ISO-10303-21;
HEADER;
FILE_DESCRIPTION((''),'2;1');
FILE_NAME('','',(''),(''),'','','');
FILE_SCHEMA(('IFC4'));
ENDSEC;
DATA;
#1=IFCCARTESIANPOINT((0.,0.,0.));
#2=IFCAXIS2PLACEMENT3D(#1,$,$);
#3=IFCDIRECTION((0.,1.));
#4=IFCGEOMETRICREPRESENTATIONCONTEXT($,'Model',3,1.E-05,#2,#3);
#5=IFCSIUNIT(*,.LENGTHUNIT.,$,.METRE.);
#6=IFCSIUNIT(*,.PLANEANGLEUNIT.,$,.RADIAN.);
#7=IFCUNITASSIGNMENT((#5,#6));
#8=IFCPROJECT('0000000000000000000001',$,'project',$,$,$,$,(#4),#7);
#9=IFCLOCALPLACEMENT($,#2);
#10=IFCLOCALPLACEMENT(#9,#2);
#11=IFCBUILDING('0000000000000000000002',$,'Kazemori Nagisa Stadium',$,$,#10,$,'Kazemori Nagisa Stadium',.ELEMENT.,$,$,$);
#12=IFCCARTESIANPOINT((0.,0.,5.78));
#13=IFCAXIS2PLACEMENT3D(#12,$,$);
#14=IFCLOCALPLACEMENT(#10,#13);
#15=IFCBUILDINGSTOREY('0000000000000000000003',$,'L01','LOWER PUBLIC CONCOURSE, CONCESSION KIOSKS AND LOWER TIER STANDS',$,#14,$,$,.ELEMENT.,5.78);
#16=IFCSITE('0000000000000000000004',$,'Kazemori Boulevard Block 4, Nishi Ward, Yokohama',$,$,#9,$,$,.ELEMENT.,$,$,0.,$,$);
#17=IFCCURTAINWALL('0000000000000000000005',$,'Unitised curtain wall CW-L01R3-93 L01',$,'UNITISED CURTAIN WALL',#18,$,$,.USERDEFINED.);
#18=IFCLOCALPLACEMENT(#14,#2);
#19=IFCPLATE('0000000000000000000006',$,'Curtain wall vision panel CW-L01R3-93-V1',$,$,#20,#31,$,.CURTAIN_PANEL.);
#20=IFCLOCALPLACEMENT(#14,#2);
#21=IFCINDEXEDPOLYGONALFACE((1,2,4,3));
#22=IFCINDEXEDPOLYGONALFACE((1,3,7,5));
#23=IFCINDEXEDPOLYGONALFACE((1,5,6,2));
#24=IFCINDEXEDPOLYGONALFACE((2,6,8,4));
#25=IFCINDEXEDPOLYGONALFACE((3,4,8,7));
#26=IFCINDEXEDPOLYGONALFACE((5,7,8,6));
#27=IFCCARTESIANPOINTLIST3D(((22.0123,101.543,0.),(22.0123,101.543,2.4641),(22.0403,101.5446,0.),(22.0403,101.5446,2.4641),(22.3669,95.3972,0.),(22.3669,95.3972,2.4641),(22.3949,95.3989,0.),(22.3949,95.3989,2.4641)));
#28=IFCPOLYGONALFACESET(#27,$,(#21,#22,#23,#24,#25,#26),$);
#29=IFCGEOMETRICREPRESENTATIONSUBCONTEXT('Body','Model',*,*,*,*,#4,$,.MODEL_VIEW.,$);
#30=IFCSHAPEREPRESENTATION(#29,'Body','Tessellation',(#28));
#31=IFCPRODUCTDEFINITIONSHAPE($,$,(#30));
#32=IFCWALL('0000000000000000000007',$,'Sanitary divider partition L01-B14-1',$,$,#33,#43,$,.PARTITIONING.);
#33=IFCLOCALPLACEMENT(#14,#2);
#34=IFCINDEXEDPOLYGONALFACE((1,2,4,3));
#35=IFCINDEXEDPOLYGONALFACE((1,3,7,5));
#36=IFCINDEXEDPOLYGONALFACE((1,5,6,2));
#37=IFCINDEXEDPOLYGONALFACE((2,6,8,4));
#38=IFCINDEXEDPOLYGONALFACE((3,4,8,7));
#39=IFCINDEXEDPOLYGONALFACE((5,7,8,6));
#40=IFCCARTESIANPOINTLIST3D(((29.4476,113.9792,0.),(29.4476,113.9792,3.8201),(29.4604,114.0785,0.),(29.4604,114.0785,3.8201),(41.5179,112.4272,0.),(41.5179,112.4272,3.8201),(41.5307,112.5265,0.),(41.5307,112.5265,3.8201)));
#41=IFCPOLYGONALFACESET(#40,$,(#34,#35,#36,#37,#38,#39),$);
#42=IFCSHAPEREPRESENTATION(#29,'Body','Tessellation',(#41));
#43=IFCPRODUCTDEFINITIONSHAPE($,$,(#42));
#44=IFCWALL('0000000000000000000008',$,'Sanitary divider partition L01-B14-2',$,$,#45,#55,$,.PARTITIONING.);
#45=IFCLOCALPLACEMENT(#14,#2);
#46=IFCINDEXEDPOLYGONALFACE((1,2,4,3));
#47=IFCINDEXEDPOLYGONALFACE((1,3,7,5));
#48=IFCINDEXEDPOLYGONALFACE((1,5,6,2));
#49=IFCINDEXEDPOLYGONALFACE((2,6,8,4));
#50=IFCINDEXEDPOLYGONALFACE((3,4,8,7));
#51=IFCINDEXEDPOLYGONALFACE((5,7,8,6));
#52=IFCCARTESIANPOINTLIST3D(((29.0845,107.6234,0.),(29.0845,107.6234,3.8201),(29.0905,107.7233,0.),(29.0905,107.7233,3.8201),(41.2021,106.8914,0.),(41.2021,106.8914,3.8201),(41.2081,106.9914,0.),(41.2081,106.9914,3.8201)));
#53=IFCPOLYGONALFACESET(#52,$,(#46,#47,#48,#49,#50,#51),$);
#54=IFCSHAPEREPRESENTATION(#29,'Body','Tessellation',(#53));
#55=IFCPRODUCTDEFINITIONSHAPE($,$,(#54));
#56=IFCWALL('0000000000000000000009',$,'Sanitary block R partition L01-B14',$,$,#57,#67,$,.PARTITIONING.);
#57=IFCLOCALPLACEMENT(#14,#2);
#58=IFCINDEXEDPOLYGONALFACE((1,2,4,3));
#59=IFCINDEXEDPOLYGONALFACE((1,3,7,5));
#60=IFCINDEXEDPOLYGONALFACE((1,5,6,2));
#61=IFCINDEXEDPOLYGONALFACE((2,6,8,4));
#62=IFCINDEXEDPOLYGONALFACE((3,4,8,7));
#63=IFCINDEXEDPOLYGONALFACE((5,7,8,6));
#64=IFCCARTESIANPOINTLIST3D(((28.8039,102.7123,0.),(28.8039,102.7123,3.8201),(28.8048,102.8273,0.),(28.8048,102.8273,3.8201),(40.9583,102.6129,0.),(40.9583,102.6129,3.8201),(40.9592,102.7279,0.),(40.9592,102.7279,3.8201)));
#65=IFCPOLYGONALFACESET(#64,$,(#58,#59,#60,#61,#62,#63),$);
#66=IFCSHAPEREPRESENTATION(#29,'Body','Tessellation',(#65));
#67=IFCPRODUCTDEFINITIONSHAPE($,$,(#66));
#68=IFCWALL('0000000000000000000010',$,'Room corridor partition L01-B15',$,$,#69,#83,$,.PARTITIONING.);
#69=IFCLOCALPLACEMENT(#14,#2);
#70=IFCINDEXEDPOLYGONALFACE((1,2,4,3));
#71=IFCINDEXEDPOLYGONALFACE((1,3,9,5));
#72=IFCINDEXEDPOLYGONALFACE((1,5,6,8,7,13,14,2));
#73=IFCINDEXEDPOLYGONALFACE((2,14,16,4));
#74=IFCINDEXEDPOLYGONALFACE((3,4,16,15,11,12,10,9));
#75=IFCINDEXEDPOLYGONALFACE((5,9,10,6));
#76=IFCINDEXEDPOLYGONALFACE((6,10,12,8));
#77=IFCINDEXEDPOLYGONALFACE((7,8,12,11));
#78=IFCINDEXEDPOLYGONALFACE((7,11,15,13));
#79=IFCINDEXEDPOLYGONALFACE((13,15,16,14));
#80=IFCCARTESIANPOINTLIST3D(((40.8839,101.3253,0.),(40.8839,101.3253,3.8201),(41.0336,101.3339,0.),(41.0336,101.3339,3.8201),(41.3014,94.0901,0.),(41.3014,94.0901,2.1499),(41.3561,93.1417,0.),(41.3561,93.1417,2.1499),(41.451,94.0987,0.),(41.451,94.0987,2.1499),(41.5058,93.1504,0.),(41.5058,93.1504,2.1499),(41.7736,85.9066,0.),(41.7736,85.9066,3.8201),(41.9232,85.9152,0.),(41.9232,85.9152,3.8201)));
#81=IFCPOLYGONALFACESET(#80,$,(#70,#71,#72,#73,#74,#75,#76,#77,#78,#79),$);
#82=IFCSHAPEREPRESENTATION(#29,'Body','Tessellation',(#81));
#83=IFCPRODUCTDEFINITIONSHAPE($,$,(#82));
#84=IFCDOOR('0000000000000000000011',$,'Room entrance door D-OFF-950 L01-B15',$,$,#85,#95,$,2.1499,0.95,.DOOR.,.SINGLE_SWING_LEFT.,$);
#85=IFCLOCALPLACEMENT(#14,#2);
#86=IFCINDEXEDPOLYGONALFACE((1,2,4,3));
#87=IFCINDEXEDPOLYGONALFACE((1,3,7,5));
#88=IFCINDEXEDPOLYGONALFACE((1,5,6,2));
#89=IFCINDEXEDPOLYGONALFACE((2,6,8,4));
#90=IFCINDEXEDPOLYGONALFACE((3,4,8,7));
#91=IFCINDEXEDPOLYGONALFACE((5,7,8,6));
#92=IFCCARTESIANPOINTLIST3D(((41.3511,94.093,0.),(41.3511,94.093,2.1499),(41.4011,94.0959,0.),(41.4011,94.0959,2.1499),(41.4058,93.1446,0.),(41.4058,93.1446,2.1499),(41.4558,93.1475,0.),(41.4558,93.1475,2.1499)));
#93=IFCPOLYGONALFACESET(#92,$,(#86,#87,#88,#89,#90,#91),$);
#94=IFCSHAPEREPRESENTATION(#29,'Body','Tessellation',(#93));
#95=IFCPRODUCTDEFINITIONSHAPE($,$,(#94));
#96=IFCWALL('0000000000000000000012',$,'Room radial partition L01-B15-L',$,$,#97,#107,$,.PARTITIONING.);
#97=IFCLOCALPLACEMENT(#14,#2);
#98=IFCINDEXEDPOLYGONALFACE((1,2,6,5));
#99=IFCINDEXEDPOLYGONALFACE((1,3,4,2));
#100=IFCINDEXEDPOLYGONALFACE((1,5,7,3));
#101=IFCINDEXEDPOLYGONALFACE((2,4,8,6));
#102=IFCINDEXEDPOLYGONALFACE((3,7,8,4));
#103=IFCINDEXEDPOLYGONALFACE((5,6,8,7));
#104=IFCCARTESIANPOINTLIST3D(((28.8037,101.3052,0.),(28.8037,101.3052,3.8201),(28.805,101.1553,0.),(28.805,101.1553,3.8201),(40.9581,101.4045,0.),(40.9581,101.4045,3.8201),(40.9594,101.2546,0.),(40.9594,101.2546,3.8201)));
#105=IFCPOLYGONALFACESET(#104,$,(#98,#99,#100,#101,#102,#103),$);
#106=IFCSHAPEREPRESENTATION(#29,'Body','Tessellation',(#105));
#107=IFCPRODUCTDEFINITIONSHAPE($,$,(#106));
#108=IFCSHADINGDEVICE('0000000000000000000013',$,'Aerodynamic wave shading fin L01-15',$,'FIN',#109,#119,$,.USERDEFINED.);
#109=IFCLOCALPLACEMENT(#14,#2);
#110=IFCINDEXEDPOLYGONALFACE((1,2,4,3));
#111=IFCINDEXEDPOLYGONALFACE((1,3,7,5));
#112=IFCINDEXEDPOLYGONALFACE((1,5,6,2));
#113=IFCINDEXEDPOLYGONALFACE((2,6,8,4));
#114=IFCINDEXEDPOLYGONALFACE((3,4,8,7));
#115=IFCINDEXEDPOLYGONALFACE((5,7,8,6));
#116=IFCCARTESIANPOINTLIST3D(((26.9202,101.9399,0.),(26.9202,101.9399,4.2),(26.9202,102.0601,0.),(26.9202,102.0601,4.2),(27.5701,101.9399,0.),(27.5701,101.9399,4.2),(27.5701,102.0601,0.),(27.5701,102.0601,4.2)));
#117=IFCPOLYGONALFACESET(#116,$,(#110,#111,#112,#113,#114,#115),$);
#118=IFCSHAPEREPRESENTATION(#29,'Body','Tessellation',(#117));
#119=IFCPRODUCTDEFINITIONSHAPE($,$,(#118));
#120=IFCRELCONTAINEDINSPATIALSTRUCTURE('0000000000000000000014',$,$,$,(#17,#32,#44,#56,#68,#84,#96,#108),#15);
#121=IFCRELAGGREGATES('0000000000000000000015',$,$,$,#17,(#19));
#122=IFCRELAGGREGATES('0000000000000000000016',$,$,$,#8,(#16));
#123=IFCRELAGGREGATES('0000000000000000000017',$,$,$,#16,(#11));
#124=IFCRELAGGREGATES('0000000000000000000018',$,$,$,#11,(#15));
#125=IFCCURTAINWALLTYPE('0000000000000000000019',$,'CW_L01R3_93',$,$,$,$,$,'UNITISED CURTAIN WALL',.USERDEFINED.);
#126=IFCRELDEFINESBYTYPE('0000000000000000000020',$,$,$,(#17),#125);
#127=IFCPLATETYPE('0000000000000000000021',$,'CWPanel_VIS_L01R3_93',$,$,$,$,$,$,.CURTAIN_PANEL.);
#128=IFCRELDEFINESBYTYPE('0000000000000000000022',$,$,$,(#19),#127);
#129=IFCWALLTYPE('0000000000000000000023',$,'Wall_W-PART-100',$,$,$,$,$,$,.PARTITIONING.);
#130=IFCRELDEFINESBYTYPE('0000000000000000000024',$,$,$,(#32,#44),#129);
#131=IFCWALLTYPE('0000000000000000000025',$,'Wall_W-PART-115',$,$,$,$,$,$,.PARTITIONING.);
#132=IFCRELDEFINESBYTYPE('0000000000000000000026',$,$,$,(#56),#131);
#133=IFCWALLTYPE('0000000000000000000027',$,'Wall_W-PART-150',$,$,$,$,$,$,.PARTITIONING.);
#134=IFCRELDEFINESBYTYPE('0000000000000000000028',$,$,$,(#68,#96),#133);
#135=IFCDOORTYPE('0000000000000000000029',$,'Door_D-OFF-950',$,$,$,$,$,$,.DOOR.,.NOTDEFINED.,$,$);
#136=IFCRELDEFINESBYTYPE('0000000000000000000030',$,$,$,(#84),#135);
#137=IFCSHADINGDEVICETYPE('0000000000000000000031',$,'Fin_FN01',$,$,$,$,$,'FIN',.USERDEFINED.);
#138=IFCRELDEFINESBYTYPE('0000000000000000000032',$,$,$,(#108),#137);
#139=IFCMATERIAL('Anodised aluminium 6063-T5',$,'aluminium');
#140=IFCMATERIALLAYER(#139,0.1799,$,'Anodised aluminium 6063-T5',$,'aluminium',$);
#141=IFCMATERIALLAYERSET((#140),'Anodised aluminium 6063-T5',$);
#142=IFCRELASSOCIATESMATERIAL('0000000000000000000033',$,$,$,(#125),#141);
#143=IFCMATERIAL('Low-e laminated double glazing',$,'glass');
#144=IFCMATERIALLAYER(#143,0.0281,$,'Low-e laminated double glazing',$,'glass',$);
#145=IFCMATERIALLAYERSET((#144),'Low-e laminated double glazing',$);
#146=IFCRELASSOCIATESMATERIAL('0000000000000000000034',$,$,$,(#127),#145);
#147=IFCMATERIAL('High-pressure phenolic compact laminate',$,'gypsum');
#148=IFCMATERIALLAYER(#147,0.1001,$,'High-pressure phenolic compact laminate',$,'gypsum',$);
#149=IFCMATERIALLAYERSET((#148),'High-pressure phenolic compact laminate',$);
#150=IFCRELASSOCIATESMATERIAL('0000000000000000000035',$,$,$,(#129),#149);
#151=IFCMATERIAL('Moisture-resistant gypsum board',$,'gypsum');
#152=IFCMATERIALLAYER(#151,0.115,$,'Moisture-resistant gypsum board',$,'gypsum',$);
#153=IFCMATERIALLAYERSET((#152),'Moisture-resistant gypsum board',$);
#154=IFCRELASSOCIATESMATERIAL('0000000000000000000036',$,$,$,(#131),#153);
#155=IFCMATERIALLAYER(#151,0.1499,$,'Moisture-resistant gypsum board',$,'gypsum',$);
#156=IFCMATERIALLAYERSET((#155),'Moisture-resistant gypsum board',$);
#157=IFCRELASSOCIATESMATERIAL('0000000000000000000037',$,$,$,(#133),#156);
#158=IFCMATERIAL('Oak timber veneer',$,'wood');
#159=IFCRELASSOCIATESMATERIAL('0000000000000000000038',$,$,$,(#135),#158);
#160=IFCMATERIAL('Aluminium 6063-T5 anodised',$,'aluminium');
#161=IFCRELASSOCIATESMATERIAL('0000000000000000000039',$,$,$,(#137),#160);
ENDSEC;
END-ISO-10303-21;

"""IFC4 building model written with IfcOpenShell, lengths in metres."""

from ifc_helpers import new_model, si_unit, direction, frame, frame_2d, origin, origin_2d, place, context, subcontext, project, spatial, rectangle, extrude, material, layer, layer_set, type_object, element, fill, aggregate, save


model = new_model("IFC4")

# Units and contexts
model_context = context("Model", 3, precision=1e-05, world=origin(), true_north=direction((0.0, 1.0)))
body_context = subcontext(model_context, "Body", "Model", "MODEL_VIEW")
ifc_project = project(units=[si_unit("LENGTHUNIT", "METRE"), si_unit("PLANEANGLEUNIT", "RADIAN")], contexts=[model_context])

# Site, building, storey
site_placement = place(None, origin())
site = spatial("IfcSite", under=ifc_project, at=site_placement, Name="Kazemori Boulevard Block 4, Nishi Ward, Yokohama", CompositionType="ELEMENT", RefElevation=0.0)
building_placement = place(site_placement, origin())
building = spatial("IfcBuilding", under=site, at=building_placement, Name="Kazemori Nagisa Stadium", LongName="Kazemori Nagisa Stadium", CompositionType="ELEMENT")
storey_placement = place(building_placement, frame((0.0, 0.0, 5.78)))
storey = spatial("IfcBuildingStorey", under=building, at=storey_placement, Name="L01", Description="LOWER PUBLIC CONCOURSE, CONCESSION KIOSKS AND LOWER TIER STANDS", CompositionType="ELEMENT", Elevation=5.78)

# Curtain wall, plate
ifc_material_1 = material(Name="Anodised aluminium 6063-T5", Category="aluminium")
ifc_layer_1 = layer(ifc_material_1, 0.1799, Name="Anodised aluminium 6063-T5", Category="aluminium")
ifc_layer_set_1 = layer_set([ifc_layer_1], Name="Anodised aluminium 6063-T5")
curtain_wall_type = type_object("IfcCurtainWallType", Name="CW_L01R3_93", ElementType="UNITISED CURTAIN WALL", PredefinedType="USERDEFINED", material=ifc_layer_set_1)
curtain_wall_placement = place(storey_placement, origin())
curtain_wall = element("IfcCurtainWall", 1, at=curtain_wall_placement, inside=storey, type_object=curtain_wall_type, Name="Unitised curtain wall CW-L01R3-93 L01", ObjectType="UNITISED CURTAIN WALL", PredefinedType="USERDEFINED")
ifc_material_2 = material(Name="Aluminium 6063-T5 anodised", Category="aluminium")
ifc_material_3 = material(Name="Low-e laminated double glazing", Category="glass")
ifc_layer_2 = layer(ifc_material_3, 0.0281, Name="Low-e laminated double glazing", Category="glass")
ifc_layer_set_2 = layer_set([ifc_layer_2], Name="Low-e laminated double glazing")
plate_type_1 = type_object("IfcPlateType", Name="CWPanel_VIS_L01R3_93", PredefinedType="CURTAIN_PANEL", material=ifc_layer_set_2)
plate_1_placement = place(storey_placement, frame((22.2036, 98.4709, 0.0), z_axis=(0.0, 0.0, 1.0), x_axis=(0.057602, -0.99834, 0.0)))
plate_1 = element("IfcPlate", 2, at=plate_1_placement, type_object=plate_type_1, Name="Curtain wall vision panel CW-L01R3-93-V1", PredefinedType="CURTAIN_PANEL", context=body_context, shape_type="SweptSolid", body=[
    extrude(rectangle(XDim=6.156, YDim=0.0281, at=origin_2d()), origin(), (0.0, 0.0, 1.0), 2.4641),
])
aggregate(curtain_wall, [plate_1])

# Walls
ifc_material_4 = material(Name="High-pressure phenolic compact laminate", Category="gypsum")
ifc_layer_3 = layer(ifc_material_4, 0.1001, Name="High-pressure phenolic compact laminate", Category="gypsum")
ifc_layer_set_3 = layer_set([ifc_layer_3], Name="High-pressure phenolic compact laminate")
wall_type_1 = type_object("IfcWallType", Name="Wall_W-PART-100", PredefinedType="PARTITIONING", material=ifc_layer_set_3)
wall_1_placement = place(storey_placement, frame((41.5244, 112.4768, 0.0), z_axis=(0.0, 0.0, 1.0), x_axis=(-0.991835, 0.12753, 0.0)))
element("IfcWall", 3, at=wall_1_placement, inside=storey, type_object=wall_type_1, Name="Sanitary divider partition L01-B14-1", PredefinedType="PARTITIONING", context=body_context, shape_type="SweptSolid", body=[
    extrude(rectangle(XDim=12.1697, YDim=0.1001, at=frame_2d((6.085, 0.0))), origin(), (0.0, 0.0, 1.0), 3.8201),
])
wall_2_placement = place(storey_placement, frame((41.2051, 106.9414, 0.0), z_axis=(0.0, 0.0, 1.0), x_axis=(-0.998181, 0.060292, 0.0)))
element("IfcWall", 4, at=wall_2_placement, inside=storey, type_object=wall_type_1, Name="Sanitary divider partition L01-B14-2", PredefinedType="PARTITIONING", context=body_context, shape_type="SweptSolid", body=[
    extrude(rectangle(XDim=12.1396, YDim=0.1001, at=frame_2d((6.0698, 0.0))), origin(), (0.0, 0.0, 1.0), 3.8201),
])
ifc_material_5 = material(Name="Moisture-resistant gypsum board", Category="gypsum")
ifc_layer_4 = layer(ifc_material_5, 0.115, Name="Moisture-resistant gypsum board", Category="gypsum")
ifc_layer_set_4 = layer_set([ifc_layer_4], Name="Moisture-resistant gypsum board")
wall_type_2 = type_object("IfcWallType", Name="Wall_W-PART-115", PredefinedType="PARTITIONING", material=ifc_layer_set_4)
wall_3_placement = place(storey_placement, frame((40.9587, 102.6704, 0.0), z_axis=(0.0, 0.0, 1.0), x_axis=(-0.999967, 0.008175, 0.0)))
element("IfcWall", 5, at=wall_3_placement, inside=storey, type_object=wall_type_2, Name="Sanitary block R partition L01-B14", PredefinedType="PARTITIONING", context=body_context, shape_type="SweptSolid", body=[
    extrude(rectangle(XDim=12.1548, YDim=0.115, at=frame_2d((6.0774, 0.0))), origin(), (0.0, 0.0, 1.0), 3.8201),
])

# Wall, opening, door
ifc_layer_5 = layer(ifc_material_5, 0.1499, Name="Moisture-resistant gypsum board", Category="gypsum")
ifc_layer_set_5 = layer_set([ifc_layer_5], Name="Moisture-resistant gypsum board")
wall_type_3 = type_object("IfcWallType", Name="Wall_W-PART-150", PredefinedType="PARTITIONING", material=ifc_layer_set_5)
wall_4_placement = place(storey_placement, frame((40.9587, 101.3296, 0.0), z_axis=(0.0, 0.0, 1.0), x_axis=(0.057604, -0.99834, 0.0)))
wall_4 = element("IfcWall", 6, at=wall_4_placement, inside=storey, type_object=wall_type_3, Name="Room corridor partition L01-B15", PredefinedType="PARTITIONING", context=body_context, shape_type="SweptSolid", body=[
    extrude(rectangle(XDim=15.4443, YDim=0.1499, at=frame_2d((7.7222, 0.0))), origin(), (0.0, 0.0, 1.0), 3.8201),
])
opening_placement = place(wall_4_placement, frame((7.2471, 0.0, 0.0)))
opening = element("IfcOpeningElement", 7, at=opening_placement, cuts=wall_4, PredefinedType="OPENING", context=body_context, shape_type="SweptSolid", body=[
    extrude(rectangle(XDim=0.95, YDim=2.1499, at=frame_2d((0.4751, 1.075))), frame((0.0, 0.085, 0.0), z_axis=(0.0, -1.0, 0.0), x_axis=(1.0, 0.0, 0.0)), (0.0, 0.0, 1.0), 0.1699),
])
ifc_material_6 = material(Name="Oak timber veneer", Category="wood")
door_type = type_object("IfcDoorType", Name="Door_D-OFF-950", OperationType="NOTDEFINED", PredefinedType="DOOR", material=ifc_material_6)
door_placement = place(opening_placement, origin())
door = element("IfcDoor", 8, at=door_placement, inside=storey, type_object=door_type, Name="Room entrance door D-OFF-950 L01-B15", OperationType="SINGLE_SWING_LEFT", OverallHeight=2.1499, OverallWidth=0.95, PredefinedType="DOOR", context=body_context, shape_type="SweptSolid", body=[
    extrude(rectangle(XDim=0.95, YDim=2.1499, at=frame_2d((0.4751, 1.075))), frame((0.0, 0.0249, 0.0), z_axis=(0.0, -1.0, 0.0), x_axis=(1.0, 0.0, 0.0)), (0.0, 0.0, 1.0), 0.05),
])
fill(opening, door)

# Wall
wall_5_placement = place(storey_placement, frame((40.9587, 101.3296, 0.0), z_axis=(0.0, 0.0, 1.0), x_axis=(-0.999967, -0.008175, 0.0)))
element("IfcWall", 9, at=wall_5_placement, inside=storey, type_object=wall_type_3, Name="Room radial partition L01-B15-L", PredefinedType="PARTITIONING", context=body_context, shape_type="SweptSolid", body=[
    extrude(rectangle(XDim=12.1548, YDim=0.1499, at=frame_2d((6.0774, 0.0))), origin(), (0.0, 0.0, 1.0), 3.8201),
])

# Shading device
shading_device_type = type_object("IfcShadingDeviceType", Name="Fin_FN01", ElementType="FIN", PredefinedType="USERDEFINED", material=ifc_material_2)
shading_device_placement = place(storey_placement, frame((27.2451, 102.0, 0.0), z_axis=(0.0, 0.0, 1.0), x_axis=(-1.0, 0.0, 0.0)))
element("IfcShadingDevice", 10, at=shading_device_placement, inside=storey, type_object=shading_device_type, Name="Aerodynamic wave shading fin L01-15", ObjectType="FIN", PredefinedType="USERDEFINED", context=body_context, shape_type="SweptSolid", body=[
    extrude(rectangle(XDim=0.6499, YDim=0.1201, at=origin_2d()), origin(), (0.0, 0.0, 1.0), 4.2),
])

save(model, "model.ifc")
